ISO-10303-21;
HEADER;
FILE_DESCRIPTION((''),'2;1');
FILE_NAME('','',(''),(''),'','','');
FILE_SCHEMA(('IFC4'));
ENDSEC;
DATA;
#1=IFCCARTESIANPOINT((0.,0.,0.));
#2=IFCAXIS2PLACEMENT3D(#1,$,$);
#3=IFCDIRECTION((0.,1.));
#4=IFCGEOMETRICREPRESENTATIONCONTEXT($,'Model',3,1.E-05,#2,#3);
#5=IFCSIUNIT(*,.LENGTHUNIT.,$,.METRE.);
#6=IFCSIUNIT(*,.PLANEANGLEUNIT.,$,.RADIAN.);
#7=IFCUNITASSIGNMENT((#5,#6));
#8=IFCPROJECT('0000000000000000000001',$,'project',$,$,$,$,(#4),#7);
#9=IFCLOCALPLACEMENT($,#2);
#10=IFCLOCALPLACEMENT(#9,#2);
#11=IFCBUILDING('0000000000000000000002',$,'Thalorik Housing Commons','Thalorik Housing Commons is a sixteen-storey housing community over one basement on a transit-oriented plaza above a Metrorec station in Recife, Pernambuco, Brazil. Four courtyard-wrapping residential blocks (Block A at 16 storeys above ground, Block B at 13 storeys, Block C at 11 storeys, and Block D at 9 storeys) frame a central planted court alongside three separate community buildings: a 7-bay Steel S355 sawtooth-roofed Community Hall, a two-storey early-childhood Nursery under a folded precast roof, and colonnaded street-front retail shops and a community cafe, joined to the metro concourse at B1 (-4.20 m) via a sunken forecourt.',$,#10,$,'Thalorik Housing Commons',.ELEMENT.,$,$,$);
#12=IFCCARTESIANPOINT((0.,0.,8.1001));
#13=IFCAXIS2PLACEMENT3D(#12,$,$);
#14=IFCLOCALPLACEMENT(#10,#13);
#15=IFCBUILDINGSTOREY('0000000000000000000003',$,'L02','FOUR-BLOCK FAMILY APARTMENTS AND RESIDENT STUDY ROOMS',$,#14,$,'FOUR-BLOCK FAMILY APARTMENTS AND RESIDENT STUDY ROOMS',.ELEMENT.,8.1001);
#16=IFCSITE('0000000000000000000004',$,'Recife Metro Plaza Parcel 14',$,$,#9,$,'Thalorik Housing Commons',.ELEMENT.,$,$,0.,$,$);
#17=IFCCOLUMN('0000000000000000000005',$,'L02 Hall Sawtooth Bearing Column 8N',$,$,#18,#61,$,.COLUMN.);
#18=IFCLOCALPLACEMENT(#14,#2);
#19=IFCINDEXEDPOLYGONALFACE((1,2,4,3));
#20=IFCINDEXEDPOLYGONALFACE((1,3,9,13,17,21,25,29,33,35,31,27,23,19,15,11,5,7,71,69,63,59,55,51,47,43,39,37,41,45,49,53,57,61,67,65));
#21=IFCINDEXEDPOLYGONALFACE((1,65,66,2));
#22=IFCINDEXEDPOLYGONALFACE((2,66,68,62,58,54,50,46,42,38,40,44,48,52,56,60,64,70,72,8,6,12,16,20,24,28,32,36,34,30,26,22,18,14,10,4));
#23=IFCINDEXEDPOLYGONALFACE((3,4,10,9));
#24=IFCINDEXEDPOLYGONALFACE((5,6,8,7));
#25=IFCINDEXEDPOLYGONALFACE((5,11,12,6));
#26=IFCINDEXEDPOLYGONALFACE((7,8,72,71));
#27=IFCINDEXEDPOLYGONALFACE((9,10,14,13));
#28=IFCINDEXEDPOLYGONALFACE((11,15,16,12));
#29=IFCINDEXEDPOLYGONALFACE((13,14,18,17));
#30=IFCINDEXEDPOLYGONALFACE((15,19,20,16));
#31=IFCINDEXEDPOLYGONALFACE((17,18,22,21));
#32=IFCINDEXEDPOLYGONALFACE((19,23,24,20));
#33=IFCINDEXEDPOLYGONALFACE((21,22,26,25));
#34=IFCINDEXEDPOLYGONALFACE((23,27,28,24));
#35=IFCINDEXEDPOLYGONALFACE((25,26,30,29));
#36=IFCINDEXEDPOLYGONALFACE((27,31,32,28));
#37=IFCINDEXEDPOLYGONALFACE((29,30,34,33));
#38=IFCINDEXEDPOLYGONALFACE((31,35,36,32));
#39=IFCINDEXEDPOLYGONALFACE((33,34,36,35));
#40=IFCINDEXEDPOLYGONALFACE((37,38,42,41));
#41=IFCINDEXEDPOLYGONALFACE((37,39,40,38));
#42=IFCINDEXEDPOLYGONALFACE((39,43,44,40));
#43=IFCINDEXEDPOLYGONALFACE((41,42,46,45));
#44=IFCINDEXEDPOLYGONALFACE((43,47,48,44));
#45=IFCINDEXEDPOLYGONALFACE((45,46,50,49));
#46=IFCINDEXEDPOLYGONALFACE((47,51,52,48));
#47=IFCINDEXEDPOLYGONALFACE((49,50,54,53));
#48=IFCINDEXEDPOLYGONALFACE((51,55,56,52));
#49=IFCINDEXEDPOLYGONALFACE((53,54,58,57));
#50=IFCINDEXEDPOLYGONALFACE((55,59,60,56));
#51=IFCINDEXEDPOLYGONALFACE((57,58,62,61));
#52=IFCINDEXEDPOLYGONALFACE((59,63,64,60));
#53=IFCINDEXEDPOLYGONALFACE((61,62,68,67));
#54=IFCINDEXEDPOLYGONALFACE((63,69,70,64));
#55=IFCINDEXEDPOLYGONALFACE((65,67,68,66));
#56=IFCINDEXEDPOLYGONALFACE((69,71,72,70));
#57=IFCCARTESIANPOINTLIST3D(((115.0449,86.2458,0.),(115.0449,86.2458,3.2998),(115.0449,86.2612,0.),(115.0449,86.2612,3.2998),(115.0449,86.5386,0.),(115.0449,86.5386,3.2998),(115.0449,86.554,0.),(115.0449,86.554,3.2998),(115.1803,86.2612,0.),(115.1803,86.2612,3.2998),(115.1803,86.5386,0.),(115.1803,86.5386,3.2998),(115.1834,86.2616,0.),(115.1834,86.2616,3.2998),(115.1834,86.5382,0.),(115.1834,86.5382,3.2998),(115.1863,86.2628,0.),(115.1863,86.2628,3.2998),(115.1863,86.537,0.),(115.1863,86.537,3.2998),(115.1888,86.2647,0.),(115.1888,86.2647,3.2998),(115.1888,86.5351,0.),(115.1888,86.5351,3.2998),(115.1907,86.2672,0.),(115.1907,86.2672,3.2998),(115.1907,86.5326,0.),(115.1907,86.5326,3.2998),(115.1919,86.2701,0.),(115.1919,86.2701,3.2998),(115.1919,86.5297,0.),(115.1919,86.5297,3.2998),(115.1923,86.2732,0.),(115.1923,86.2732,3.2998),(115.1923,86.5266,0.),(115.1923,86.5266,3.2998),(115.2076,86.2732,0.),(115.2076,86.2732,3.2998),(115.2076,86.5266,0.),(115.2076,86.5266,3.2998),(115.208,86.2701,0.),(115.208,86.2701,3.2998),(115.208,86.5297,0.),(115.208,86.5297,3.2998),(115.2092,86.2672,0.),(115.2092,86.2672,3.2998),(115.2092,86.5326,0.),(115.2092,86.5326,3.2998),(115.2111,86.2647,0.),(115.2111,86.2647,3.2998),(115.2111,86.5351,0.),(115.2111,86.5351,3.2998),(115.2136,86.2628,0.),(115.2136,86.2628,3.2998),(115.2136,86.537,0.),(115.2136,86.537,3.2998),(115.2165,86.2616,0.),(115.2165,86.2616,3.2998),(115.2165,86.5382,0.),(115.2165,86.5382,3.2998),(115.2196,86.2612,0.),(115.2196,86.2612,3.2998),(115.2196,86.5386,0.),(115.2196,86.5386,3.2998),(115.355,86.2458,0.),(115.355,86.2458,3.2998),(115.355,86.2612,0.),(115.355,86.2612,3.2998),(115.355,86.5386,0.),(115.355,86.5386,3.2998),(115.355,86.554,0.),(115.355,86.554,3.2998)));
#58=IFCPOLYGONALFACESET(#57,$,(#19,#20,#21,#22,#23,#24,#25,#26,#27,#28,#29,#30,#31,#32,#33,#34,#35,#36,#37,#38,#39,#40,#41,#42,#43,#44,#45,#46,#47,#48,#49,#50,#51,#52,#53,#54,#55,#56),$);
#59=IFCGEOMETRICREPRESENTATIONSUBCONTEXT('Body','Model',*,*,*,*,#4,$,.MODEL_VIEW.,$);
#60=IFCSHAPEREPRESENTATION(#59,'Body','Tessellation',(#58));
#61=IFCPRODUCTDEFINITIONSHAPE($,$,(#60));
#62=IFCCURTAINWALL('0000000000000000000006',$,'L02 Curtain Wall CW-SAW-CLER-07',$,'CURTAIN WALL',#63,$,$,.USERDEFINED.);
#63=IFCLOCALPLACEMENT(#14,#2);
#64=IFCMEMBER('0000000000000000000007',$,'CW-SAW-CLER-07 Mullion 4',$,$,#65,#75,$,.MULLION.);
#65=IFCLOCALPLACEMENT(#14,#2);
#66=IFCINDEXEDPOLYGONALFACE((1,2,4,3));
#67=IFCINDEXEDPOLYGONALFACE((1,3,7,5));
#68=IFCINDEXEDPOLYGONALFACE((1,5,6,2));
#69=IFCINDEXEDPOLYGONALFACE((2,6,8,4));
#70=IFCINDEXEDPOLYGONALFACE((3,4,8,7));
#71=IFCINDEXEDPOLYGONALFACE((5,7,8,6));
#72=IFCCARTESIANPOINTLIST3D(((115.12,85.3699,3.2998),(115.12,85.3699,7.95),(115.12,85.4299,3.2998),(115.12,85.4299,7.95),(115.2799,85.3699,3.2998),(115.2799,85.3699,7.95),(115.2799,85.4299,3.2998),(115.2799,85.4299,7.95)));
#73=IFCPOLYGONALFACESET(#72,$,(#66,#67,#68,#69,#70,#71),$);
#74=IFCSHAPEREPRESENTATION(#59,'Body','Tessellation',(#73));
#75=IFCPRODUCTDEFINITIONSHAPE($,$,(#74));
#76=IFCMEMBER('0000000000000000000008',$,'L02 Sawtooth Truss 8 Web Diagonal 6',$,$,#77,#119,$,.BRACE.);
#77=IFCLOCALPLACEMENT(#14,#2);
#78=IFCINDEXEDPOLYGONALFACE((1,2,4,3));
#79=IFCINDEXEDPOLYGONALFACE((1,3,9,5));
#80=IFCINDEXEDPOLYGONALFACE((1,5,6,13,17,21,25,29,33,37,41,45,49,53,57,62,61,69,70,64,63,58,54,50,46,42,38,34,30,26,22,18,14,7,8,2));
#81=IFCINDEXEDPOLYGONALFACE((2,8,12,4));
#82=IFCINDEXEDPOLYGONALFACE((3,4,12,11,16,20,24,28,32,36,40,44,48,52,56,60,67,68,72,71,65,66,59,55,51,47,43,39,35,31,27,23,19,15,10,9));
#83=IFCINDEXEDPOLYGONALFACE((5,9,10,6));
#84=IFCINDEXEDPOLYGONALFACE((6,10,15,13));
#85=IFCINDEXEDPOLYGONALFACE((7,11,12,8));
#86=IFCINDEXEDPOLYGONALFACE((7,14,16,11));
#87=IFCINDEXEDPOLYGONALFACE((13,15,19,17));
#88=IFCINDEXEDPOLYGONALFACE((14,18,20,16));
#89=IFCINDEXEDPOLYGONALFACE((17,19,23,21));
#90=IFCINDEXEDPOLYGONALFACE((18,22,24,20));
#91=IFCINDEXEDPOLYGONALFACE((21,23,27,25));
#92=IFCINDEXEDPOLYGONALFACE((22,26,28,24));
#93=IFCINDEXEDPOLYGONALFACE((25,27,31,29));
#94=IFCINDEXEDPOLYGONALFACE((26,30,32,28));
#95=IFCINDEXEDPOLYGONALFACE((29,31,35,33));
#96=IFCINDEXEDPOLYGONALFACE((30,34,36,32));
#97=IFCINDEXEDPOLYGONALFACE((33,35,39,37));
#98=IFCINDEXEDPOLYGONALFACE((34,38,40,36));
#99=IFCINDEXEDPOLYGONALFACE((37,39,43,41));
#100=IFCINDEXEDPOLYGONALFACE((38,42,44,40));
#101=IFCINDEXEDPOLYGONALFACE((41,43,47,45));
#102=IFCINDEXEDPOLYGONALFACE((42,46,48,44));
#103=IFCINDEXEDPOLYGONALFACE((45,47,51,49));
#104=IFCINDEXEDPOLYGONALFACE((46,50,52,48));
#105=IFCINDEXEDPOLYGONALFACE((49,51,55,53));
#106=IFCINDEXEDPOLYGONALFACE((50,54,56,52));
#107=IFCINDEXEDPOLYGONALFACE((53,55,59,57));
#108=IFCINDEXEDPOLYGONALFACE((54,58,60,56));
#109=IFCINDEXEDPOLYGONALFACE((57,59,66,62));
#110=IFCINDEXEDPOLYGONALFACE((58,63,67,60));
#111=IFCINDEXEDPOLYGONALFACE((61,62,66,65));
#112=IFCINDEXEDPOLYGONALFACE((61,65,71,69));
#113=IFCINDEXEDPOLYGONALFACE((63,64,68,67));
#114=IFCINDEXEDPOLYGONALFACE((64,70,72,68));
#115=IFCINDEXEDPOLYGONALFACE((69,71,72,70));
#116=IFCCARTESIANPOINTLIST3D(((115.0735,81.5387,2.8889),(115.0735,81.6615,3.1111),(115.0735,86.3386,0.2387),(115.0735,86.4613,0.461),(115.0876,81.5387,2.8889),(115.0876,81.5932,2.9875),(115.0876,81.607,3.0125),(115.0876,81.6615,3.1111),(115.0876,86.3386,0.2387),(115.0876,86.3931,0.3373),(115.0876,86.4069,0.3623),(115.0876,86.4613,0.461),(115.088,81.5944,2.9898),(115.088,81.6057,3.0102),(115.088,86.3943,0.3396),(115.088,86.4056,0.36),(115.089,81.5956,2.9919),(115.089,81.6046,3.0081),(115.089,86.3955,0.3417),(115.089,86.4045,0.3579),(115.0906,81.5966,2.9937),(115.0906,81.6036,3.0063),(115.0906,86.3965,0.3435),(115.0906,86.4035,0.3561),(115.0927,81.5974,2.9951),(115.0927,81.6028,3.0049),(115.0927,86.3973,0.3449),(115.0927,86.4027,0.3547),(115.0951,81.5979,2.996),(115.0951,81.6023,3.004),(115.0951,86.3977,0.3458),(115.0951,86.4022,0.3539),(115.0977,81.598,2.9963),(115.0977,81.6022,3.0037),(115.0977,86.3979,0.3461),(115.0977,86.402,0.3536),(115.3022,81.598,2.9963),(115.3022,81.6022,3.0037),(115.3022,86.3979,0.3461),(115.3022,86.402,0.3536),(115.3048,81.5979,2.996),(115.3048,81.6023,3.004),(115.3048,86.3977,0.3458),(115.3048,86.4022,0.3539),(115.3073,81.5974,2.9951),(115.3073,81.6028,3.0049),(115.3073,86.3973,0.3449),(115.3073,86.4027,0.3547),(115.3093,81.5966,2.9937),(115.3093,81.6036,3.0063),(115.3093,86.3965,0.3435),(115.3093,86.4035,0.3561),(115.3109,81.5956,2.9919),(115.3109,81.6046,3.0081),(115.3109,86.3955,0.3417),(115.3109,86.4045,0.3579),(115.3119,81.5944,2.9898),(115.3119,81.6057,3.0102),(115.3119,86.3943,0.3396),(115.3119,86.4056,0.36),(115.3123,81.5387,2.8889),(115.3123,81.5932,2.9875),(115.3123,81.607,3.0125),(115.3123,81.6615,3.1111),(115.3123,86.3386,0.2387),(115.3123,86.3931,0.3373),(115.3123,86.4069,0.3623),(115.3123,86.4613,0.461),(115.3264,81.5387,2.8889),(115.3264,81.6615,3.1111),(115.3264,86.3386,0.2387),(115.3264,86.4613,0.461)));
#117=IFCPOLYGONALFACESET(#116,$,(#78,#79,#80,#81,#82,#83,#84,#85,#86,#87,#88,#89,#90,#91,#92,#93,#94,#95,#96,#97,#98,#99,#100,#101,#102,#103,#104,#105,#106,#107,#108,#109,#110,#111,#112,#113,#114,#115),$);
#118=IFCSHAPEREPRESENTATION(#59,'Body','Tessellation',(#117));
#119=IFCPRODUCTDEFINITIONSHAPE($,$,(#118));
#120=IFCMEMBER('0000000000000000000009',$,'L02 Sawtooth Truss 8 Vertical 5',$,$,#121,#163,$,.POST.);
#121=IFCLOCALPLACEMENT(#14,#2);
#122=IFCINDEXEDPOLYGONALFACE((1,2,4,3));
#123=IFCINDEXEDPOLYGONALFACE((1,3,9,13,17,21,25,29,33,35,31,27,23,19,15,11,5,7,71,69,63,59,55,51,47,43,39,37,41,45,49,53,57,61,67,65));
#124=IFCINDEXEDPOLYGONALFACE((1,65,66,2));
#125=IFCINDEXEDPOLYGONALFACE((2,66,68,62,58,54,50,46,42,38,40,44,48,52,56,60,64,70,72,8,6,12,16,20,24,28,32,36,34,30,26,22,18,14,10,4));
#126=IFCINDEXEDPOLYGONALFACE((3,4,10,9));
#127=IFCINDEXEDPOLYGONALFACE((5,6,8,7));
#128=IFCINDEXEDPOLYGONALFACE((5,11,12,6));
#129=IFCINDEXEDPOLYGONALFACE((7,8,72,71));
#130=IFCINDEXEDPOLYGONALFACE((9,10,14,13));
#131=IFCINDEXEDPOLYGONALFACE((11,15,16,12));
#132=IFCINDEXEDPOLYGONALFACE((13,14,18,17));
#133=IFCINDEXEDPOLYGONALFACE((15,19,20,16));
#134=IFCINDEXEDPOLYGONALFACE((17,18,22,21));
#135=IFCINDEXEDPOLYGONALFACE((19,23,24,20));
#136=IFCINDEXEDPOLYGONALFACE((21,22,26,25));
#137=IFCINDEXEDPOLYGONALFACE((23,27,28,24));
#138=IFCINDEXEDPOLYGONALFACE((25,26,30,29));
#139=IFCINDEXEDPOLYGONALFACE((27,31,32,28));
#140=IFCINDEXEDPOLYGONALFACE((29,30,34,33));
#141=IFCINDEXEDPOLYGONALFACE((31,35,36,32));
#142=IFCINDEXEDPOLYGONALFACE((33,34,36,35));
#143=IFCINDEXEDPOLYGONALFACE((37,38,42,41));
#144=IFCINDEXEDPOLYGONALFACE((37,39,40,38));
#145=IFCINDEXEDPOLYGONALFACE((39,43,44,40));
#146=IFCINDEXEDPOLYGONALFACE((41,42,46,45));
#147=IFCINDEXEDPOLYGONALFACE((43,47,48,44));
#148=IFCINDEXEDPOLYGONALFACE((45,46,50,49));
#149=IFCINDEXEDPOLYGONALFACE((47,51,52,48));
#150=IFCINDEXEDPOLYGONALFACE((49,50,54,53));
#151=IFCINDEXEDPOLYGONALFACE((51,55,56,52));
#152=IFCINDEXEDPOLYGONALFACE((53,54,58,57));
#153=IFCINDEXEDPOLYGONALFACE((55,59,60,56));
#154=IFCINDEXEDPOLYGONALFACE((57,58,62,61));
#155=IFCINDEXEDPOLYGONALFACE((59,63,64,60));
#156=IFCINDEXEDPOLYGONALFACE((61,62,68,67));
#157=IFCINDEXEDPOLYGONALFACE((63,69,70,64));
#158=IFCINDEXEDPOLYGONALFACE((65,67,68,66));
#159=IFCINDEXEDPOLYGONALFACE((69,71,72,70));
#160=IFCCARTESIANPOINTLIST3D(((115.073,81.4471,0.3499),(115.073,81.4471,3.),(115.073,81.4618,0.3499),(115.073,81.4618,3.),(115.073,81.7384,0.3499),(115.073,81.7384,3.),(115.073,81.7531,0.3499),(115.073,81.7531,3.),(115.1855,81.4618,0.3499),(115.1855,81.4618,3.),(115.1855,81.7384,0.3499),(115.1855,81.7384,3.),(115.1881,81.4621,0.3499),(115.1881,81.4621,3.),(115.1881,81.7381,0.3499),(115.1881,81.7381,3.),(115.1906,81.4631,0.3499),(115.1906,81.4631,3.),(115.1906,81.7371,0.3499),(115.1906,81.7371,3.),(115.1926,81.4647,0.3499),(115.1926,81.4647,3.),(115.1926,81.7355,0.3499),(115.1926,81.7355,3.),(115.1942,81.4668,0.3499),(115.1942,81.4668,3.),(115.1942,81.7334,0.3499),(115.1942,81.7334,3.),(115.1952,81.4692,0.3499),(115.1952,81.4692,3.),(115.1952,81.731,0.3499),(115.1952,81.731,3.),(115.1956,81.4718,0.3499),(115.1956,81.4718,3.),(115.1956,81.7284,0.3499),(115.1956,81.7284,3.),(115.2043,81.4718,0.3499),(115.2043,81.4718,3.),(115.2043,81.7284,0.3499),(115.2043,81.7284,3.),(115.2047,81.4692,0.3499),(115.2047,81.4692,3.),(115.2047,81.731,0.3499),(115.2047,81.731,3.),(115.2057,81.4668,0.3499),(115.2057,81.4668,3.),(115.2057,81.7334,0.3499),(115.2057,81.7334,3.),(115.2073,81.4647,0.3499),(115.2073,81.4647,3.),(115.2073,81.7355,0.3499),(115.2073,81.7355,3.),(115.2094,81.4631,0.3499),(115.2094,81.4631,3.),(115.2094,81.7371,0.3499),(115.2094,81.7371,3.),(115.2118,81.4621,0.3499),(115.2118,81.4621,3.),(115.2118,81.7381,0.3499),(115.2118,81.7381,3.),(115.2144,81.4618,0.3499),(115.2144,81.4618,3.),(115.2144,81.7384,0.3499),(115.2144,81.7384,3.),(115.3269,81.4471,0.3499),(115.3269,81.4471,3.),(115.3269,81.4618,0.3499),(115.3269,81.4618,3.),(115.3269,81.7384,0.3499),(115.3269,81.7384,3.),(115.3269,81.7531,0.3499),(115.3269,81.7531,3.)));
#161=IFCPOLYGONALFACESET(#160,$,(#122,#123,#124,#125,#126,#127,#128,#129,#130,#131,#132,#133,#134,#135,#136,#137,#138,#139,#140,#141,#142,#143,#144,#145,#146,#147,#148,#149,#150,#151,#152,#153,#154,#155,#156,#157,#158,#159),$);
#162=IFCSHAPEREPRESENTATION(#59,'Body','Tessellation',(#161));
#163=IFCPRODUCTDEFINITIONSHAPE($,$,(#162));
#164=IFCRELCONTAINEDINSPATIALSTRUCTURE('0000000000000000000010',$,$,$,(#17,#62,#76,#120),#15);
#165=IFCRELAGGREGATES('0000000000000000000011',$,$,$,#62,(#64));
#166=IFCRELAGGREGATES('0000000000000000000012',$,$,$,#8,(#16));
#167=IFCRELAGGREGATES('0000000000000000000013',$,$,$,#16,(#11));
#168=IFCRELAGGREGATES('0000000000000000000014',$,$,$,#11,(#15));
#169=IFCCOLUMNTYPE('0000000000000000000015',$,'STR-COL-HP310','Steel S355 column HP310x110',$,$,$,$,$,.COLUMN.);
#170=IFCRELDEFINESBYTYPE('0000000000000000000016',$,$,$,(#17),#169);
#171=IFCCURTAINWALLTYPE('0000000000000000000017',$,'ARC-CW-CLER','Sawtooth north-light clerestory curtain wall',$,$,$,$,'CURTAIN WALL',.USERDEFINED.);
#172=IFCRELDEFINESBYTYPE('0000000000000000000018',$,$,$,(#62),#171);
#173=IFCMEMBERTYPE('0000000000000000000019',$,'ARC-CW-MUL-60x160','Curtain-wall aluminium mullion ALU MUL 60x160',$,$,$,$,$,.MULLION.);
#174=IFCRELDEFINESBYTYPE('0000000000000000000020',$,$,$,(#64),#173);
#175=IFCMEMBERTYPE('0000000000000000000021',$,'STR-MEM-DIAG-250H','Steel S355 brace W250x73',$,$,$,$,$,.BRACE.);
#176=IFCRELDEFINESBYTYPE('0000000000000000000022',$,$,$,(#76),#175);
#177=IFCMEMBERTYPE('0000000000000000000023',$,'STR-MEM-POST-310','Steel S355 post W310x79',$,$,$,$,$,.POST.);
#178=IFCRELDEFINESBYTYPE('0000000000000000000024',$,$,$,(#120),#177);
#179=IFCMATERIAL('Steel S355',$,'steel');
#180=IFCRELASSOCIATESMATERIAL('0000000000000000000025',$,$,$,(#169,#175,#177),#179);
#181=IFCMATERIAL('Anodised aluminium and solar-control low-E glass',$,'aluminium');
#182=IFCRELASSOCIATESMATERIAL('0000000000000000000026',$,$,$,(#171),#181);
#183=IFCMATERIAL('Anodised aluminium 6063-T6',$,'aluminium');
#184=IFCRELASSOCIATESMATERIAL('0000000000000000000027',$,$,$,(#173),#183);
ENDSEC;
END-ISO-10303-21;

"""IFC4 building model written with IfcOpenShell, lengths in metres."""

from ifc_helpers import new_model, si_unit, direction, frame, origin, origin_2d, place, context, subcontext, project, spatial, rectangle, i_section, extrude, material, material_profile, profile_set, type_object, element, aggregate, save


model = new_model("IFC4")

# Units and contexts
model_context = context("Model", 3, precision=1e-05, world=origin(), true_north=direction((0.0, 1.0)))
body_context = subcontext(model_context, "Body", "Model", "MODEL_VIEW")
ifc_project = project(units=[si_unit("LENGTHUNIT", "METRE"), si_unit("PLANEANGLEUNIT", "RADIAN")], contexts=[model_context])

# Site, building, storey
site_placement = place(None, origin())
site = spatial("IfcSite", under=ifc_project, at=site_placement, Name="Recife Metro Plaza Parcel 14", LongName="Thalorik Housing Commons", CompositionType="ELEMENT", RefElevation=0.0)
building_placement = place(site_placement, origin())
building = spatial("IfcBuilding", under=site, at=building_placement, Name="Thalorik Housing Commons", Description="Thalorik Housing Commons is a sixteen-storey housing community over one basement on a transit-oriented plaza above a Metrorec station in Recife, Pernambuco, Brazil. Four courtyard-wrapping residential blocks (Block A at 16 storeys above ground, Block B at 13 storeys, Block C at 11 storeys, and Block D at 9 storeys) frame a central planted court alongside three separate community buildings: a 7-bay Steel S355 sawtooth-roofed Community Hall, a two-storey early-childhood Nursery under a folded precast roof, and colonnaded street-front retail shops and a community cafe, joined to the metro concourse at B1 (-4.20 m) via a sunken forecourt.", LongName="Thalorik Housing Commons", CompositionType="ELEMENT")
storey_placement = place(building_placement, frame((0.0, 0.0, 8.1001)))
storey = spatial("IfcBuildingStorey", under=building, at=storey_placement, Name="L02", Description="FOUR-BLOCK FAMILY APARTMENTS AND RESIDENT STUDY ROOMS", LongName="FOUR-BLOCK FAMILY APARTMENTS AND RESIDENT STUDY ROOMS", CompositionType="ELEMENT", Elevation=8.1001)

# Column
ifc_material_1 = material(Name="Steel S355", Category="steel")
ifc_material_profile_1 = material_profile(ifc_material_1, i_section(OverallWidth=0.3101, OverallDepth=0.3081, WebThickness=0.0154, FlangeThickness=0.0154, FilletRadius=0.012, at=origin_2d()), Name="HP310x110", Category="steel")
ifc_profile_set_1 = profile_set([ifc_material_profile_1], Name="Steel S355")
column_type = type_object("IfcColumnType", Name="STR-COL-HP310", Description="Steel S355 column HP310x110", PredefinedType="COLUMN", material=ifc_profile_set_1)
column_placement = place(storey_placement, frame((115.2, 86.3999, 0.0), z_axis=(0.0, 0.0, 1.0), x_axis=(1.0, 0.0, 0.0)))
element("IfcColumn", 1, at=column_placement, inside=storey, type_object=column_type, Name="L02 Hall Sawtooth Bearing Column 8N", PredefinedType="COLUMN", context=body_context, shape_type="SweptSolid", body=[
    extrude(i_section(OverallWidth=0.3101, OverallDepth=0.3081, WebThickness=0.0154, FlangeThickness=0.0154, FilletRadius=0.012, at=origin_2d()), origin(), (0.0, 0.0, 1.0), 3.2998),
])

# Curtain wall, member
ifc_material_2 = material(Name="Anodised aluminium and solar-control low-E glass", Category="aluminium")
curtain_wall_type = type_object("IfcCurtainWallType", Name="ARC-CW-CLER", Description="Sawtooth north-light clerestory curtain wall", ElementType="CURTAIN WALL", PredefinedType="USERDEFINED", material=ifc_material_2)
curtain_wall_placement = place(storey_placement, origin())
curtain_wall = element("IfcCurtainWall", 2, at=curtain_wall_placement, inside=storey, type_object=curtain_wall_type, Name="L02 Curtain Wall CW-SAW-CLER-07", ObjectType="CURTAIN WALL", PredefinedType="USERDEFINED")
ifc_material_3 = material(Name="Anodised aluminium 6063-T6", Category="aluminium")
ifc_material_profile_2 = material_profile(ifc_material_3, rectangle(XDim=0.0601, YDim=0.1599, at=origin_2d()), Name="ALU MUL 60x160", Category="aluminium")
ifc_profile_set_2 = profile_set([ifc_material_profile_2], Name="Anodised aluminium 6063-T6")
member_type_1 = type_object("IfcMemberType", Name="ARC-CW-MUL-60x160", Description="Curtain-wall aluminium mullion ALU MUL 60x160", PredefinedType="MULLION", material=ifc_profile_set_2)
member_1_placement = place(storey_placement, frame((115.2, 85.3999, 3.2998), z_axis=(0.0, 0.0, 1.0), x_axis=(0.0, 1.0, 0.0)))
member_1 = element("IfcMember", 3, at=member_1_placement, type_object=member_type_1, Name="CW-SAW-CLER-07 Mullion 4", PredefinedType="MULLION", context=body_context, shape_type="SweptSolid", body=[
    extrude(rectangle(XDim=0.0601, YDim=0.1599, at=origin_2d()), origin(), (0.0, 0.0, 1.0), 4.6501),
])

# Members
ifc_material_profile_3 = material_profile(ifc_material_1, i_section(OverallWidth=0.2539, OverallDepth=0.2529, WebThickness=0.0085, FlangeThickness=0.0142, FilletRadius=0.01, at=origin_2d()), Name="W250x73", Category="steel")
ifc_profile_set_3 = profile_set([ifc_material_profile_3], Name="Steel S355")
member_type_2 = type_object("IfcMemberType", Name="STR-MEM-DIAG-250H", Description="Steel S355 brace W250x73", PredefinedType="BRACE", material=ifc_profile_set_3)
member_2_placement = place(storey_placement, frame((115.2, 81.6001, 3.0), z_axis=(0.0, 0.875425, -0.483354), x_axis=(0.0, 0.483354, 0.875425)))
element("IfcMember", 4, at=member_2_placement, inside=storey, type_object=member_type_2, Name="L02 Sawtooth Truss 8 Web Diagonal 6", PredefinedType="BRACE", context=body_context, shape_type="SweptSolid", body=[
    extrude(i_section(OverallWidth=0.2539, OverallDepth=0.2529, WebThickness=0.0085, FlangeThickness=0.0142, FilletRadius=0.01, at=origin_2d()), origin(), (0.0, 0.0, 1.0), 5.4829),
])
ifc_material_profile_4 = material_profile(ifc_material_1, i_section(OverallWidth=0.2539, OverallDepth=0.3059, WebThickness=0.0088, FlangeThickness=0.0146, FilletRadius=0.01, at=origin_2d()), Name="W310x79", Category="steel")
ifc_profile_set_4 = profile_set([ifc_material_profile_4], Name="Steel S355")
member_type_3 = type_object("IfcMemberType", Name="STR-MEM-POST-310", Description="Steel S355 post W310x79", PredefinedType="POST", material=ifc_profile_set_4)
member_3_placement = place(storey_placement, frame((115.2, 81.6001, 0.3499), z_axis=(0.0, 0.0, 1.0), x_axis=(1.0, 0.0, 0.0)))
element("IfcMember", 5, at=member_3_placement, inside=storey, type_object=member_type_3, Name="L02 Sawtooth Truss 8 Vertical 5", PredefinedType="POST", context=body_context, shape_type="SweptSolid", body=[
    extrude(i_section(OverallWidth=0.2539, OverallDepth=0.3059, WebThickness=0.0088, FlangeThickness=0.0146, FilletRadius=0.01, at=origin_2d()), origin(), (0.0, 0.0, 1.0), 2.6501),
])

aggregate(curtain_wall, [member_1])

save(model, "model.ifc")
